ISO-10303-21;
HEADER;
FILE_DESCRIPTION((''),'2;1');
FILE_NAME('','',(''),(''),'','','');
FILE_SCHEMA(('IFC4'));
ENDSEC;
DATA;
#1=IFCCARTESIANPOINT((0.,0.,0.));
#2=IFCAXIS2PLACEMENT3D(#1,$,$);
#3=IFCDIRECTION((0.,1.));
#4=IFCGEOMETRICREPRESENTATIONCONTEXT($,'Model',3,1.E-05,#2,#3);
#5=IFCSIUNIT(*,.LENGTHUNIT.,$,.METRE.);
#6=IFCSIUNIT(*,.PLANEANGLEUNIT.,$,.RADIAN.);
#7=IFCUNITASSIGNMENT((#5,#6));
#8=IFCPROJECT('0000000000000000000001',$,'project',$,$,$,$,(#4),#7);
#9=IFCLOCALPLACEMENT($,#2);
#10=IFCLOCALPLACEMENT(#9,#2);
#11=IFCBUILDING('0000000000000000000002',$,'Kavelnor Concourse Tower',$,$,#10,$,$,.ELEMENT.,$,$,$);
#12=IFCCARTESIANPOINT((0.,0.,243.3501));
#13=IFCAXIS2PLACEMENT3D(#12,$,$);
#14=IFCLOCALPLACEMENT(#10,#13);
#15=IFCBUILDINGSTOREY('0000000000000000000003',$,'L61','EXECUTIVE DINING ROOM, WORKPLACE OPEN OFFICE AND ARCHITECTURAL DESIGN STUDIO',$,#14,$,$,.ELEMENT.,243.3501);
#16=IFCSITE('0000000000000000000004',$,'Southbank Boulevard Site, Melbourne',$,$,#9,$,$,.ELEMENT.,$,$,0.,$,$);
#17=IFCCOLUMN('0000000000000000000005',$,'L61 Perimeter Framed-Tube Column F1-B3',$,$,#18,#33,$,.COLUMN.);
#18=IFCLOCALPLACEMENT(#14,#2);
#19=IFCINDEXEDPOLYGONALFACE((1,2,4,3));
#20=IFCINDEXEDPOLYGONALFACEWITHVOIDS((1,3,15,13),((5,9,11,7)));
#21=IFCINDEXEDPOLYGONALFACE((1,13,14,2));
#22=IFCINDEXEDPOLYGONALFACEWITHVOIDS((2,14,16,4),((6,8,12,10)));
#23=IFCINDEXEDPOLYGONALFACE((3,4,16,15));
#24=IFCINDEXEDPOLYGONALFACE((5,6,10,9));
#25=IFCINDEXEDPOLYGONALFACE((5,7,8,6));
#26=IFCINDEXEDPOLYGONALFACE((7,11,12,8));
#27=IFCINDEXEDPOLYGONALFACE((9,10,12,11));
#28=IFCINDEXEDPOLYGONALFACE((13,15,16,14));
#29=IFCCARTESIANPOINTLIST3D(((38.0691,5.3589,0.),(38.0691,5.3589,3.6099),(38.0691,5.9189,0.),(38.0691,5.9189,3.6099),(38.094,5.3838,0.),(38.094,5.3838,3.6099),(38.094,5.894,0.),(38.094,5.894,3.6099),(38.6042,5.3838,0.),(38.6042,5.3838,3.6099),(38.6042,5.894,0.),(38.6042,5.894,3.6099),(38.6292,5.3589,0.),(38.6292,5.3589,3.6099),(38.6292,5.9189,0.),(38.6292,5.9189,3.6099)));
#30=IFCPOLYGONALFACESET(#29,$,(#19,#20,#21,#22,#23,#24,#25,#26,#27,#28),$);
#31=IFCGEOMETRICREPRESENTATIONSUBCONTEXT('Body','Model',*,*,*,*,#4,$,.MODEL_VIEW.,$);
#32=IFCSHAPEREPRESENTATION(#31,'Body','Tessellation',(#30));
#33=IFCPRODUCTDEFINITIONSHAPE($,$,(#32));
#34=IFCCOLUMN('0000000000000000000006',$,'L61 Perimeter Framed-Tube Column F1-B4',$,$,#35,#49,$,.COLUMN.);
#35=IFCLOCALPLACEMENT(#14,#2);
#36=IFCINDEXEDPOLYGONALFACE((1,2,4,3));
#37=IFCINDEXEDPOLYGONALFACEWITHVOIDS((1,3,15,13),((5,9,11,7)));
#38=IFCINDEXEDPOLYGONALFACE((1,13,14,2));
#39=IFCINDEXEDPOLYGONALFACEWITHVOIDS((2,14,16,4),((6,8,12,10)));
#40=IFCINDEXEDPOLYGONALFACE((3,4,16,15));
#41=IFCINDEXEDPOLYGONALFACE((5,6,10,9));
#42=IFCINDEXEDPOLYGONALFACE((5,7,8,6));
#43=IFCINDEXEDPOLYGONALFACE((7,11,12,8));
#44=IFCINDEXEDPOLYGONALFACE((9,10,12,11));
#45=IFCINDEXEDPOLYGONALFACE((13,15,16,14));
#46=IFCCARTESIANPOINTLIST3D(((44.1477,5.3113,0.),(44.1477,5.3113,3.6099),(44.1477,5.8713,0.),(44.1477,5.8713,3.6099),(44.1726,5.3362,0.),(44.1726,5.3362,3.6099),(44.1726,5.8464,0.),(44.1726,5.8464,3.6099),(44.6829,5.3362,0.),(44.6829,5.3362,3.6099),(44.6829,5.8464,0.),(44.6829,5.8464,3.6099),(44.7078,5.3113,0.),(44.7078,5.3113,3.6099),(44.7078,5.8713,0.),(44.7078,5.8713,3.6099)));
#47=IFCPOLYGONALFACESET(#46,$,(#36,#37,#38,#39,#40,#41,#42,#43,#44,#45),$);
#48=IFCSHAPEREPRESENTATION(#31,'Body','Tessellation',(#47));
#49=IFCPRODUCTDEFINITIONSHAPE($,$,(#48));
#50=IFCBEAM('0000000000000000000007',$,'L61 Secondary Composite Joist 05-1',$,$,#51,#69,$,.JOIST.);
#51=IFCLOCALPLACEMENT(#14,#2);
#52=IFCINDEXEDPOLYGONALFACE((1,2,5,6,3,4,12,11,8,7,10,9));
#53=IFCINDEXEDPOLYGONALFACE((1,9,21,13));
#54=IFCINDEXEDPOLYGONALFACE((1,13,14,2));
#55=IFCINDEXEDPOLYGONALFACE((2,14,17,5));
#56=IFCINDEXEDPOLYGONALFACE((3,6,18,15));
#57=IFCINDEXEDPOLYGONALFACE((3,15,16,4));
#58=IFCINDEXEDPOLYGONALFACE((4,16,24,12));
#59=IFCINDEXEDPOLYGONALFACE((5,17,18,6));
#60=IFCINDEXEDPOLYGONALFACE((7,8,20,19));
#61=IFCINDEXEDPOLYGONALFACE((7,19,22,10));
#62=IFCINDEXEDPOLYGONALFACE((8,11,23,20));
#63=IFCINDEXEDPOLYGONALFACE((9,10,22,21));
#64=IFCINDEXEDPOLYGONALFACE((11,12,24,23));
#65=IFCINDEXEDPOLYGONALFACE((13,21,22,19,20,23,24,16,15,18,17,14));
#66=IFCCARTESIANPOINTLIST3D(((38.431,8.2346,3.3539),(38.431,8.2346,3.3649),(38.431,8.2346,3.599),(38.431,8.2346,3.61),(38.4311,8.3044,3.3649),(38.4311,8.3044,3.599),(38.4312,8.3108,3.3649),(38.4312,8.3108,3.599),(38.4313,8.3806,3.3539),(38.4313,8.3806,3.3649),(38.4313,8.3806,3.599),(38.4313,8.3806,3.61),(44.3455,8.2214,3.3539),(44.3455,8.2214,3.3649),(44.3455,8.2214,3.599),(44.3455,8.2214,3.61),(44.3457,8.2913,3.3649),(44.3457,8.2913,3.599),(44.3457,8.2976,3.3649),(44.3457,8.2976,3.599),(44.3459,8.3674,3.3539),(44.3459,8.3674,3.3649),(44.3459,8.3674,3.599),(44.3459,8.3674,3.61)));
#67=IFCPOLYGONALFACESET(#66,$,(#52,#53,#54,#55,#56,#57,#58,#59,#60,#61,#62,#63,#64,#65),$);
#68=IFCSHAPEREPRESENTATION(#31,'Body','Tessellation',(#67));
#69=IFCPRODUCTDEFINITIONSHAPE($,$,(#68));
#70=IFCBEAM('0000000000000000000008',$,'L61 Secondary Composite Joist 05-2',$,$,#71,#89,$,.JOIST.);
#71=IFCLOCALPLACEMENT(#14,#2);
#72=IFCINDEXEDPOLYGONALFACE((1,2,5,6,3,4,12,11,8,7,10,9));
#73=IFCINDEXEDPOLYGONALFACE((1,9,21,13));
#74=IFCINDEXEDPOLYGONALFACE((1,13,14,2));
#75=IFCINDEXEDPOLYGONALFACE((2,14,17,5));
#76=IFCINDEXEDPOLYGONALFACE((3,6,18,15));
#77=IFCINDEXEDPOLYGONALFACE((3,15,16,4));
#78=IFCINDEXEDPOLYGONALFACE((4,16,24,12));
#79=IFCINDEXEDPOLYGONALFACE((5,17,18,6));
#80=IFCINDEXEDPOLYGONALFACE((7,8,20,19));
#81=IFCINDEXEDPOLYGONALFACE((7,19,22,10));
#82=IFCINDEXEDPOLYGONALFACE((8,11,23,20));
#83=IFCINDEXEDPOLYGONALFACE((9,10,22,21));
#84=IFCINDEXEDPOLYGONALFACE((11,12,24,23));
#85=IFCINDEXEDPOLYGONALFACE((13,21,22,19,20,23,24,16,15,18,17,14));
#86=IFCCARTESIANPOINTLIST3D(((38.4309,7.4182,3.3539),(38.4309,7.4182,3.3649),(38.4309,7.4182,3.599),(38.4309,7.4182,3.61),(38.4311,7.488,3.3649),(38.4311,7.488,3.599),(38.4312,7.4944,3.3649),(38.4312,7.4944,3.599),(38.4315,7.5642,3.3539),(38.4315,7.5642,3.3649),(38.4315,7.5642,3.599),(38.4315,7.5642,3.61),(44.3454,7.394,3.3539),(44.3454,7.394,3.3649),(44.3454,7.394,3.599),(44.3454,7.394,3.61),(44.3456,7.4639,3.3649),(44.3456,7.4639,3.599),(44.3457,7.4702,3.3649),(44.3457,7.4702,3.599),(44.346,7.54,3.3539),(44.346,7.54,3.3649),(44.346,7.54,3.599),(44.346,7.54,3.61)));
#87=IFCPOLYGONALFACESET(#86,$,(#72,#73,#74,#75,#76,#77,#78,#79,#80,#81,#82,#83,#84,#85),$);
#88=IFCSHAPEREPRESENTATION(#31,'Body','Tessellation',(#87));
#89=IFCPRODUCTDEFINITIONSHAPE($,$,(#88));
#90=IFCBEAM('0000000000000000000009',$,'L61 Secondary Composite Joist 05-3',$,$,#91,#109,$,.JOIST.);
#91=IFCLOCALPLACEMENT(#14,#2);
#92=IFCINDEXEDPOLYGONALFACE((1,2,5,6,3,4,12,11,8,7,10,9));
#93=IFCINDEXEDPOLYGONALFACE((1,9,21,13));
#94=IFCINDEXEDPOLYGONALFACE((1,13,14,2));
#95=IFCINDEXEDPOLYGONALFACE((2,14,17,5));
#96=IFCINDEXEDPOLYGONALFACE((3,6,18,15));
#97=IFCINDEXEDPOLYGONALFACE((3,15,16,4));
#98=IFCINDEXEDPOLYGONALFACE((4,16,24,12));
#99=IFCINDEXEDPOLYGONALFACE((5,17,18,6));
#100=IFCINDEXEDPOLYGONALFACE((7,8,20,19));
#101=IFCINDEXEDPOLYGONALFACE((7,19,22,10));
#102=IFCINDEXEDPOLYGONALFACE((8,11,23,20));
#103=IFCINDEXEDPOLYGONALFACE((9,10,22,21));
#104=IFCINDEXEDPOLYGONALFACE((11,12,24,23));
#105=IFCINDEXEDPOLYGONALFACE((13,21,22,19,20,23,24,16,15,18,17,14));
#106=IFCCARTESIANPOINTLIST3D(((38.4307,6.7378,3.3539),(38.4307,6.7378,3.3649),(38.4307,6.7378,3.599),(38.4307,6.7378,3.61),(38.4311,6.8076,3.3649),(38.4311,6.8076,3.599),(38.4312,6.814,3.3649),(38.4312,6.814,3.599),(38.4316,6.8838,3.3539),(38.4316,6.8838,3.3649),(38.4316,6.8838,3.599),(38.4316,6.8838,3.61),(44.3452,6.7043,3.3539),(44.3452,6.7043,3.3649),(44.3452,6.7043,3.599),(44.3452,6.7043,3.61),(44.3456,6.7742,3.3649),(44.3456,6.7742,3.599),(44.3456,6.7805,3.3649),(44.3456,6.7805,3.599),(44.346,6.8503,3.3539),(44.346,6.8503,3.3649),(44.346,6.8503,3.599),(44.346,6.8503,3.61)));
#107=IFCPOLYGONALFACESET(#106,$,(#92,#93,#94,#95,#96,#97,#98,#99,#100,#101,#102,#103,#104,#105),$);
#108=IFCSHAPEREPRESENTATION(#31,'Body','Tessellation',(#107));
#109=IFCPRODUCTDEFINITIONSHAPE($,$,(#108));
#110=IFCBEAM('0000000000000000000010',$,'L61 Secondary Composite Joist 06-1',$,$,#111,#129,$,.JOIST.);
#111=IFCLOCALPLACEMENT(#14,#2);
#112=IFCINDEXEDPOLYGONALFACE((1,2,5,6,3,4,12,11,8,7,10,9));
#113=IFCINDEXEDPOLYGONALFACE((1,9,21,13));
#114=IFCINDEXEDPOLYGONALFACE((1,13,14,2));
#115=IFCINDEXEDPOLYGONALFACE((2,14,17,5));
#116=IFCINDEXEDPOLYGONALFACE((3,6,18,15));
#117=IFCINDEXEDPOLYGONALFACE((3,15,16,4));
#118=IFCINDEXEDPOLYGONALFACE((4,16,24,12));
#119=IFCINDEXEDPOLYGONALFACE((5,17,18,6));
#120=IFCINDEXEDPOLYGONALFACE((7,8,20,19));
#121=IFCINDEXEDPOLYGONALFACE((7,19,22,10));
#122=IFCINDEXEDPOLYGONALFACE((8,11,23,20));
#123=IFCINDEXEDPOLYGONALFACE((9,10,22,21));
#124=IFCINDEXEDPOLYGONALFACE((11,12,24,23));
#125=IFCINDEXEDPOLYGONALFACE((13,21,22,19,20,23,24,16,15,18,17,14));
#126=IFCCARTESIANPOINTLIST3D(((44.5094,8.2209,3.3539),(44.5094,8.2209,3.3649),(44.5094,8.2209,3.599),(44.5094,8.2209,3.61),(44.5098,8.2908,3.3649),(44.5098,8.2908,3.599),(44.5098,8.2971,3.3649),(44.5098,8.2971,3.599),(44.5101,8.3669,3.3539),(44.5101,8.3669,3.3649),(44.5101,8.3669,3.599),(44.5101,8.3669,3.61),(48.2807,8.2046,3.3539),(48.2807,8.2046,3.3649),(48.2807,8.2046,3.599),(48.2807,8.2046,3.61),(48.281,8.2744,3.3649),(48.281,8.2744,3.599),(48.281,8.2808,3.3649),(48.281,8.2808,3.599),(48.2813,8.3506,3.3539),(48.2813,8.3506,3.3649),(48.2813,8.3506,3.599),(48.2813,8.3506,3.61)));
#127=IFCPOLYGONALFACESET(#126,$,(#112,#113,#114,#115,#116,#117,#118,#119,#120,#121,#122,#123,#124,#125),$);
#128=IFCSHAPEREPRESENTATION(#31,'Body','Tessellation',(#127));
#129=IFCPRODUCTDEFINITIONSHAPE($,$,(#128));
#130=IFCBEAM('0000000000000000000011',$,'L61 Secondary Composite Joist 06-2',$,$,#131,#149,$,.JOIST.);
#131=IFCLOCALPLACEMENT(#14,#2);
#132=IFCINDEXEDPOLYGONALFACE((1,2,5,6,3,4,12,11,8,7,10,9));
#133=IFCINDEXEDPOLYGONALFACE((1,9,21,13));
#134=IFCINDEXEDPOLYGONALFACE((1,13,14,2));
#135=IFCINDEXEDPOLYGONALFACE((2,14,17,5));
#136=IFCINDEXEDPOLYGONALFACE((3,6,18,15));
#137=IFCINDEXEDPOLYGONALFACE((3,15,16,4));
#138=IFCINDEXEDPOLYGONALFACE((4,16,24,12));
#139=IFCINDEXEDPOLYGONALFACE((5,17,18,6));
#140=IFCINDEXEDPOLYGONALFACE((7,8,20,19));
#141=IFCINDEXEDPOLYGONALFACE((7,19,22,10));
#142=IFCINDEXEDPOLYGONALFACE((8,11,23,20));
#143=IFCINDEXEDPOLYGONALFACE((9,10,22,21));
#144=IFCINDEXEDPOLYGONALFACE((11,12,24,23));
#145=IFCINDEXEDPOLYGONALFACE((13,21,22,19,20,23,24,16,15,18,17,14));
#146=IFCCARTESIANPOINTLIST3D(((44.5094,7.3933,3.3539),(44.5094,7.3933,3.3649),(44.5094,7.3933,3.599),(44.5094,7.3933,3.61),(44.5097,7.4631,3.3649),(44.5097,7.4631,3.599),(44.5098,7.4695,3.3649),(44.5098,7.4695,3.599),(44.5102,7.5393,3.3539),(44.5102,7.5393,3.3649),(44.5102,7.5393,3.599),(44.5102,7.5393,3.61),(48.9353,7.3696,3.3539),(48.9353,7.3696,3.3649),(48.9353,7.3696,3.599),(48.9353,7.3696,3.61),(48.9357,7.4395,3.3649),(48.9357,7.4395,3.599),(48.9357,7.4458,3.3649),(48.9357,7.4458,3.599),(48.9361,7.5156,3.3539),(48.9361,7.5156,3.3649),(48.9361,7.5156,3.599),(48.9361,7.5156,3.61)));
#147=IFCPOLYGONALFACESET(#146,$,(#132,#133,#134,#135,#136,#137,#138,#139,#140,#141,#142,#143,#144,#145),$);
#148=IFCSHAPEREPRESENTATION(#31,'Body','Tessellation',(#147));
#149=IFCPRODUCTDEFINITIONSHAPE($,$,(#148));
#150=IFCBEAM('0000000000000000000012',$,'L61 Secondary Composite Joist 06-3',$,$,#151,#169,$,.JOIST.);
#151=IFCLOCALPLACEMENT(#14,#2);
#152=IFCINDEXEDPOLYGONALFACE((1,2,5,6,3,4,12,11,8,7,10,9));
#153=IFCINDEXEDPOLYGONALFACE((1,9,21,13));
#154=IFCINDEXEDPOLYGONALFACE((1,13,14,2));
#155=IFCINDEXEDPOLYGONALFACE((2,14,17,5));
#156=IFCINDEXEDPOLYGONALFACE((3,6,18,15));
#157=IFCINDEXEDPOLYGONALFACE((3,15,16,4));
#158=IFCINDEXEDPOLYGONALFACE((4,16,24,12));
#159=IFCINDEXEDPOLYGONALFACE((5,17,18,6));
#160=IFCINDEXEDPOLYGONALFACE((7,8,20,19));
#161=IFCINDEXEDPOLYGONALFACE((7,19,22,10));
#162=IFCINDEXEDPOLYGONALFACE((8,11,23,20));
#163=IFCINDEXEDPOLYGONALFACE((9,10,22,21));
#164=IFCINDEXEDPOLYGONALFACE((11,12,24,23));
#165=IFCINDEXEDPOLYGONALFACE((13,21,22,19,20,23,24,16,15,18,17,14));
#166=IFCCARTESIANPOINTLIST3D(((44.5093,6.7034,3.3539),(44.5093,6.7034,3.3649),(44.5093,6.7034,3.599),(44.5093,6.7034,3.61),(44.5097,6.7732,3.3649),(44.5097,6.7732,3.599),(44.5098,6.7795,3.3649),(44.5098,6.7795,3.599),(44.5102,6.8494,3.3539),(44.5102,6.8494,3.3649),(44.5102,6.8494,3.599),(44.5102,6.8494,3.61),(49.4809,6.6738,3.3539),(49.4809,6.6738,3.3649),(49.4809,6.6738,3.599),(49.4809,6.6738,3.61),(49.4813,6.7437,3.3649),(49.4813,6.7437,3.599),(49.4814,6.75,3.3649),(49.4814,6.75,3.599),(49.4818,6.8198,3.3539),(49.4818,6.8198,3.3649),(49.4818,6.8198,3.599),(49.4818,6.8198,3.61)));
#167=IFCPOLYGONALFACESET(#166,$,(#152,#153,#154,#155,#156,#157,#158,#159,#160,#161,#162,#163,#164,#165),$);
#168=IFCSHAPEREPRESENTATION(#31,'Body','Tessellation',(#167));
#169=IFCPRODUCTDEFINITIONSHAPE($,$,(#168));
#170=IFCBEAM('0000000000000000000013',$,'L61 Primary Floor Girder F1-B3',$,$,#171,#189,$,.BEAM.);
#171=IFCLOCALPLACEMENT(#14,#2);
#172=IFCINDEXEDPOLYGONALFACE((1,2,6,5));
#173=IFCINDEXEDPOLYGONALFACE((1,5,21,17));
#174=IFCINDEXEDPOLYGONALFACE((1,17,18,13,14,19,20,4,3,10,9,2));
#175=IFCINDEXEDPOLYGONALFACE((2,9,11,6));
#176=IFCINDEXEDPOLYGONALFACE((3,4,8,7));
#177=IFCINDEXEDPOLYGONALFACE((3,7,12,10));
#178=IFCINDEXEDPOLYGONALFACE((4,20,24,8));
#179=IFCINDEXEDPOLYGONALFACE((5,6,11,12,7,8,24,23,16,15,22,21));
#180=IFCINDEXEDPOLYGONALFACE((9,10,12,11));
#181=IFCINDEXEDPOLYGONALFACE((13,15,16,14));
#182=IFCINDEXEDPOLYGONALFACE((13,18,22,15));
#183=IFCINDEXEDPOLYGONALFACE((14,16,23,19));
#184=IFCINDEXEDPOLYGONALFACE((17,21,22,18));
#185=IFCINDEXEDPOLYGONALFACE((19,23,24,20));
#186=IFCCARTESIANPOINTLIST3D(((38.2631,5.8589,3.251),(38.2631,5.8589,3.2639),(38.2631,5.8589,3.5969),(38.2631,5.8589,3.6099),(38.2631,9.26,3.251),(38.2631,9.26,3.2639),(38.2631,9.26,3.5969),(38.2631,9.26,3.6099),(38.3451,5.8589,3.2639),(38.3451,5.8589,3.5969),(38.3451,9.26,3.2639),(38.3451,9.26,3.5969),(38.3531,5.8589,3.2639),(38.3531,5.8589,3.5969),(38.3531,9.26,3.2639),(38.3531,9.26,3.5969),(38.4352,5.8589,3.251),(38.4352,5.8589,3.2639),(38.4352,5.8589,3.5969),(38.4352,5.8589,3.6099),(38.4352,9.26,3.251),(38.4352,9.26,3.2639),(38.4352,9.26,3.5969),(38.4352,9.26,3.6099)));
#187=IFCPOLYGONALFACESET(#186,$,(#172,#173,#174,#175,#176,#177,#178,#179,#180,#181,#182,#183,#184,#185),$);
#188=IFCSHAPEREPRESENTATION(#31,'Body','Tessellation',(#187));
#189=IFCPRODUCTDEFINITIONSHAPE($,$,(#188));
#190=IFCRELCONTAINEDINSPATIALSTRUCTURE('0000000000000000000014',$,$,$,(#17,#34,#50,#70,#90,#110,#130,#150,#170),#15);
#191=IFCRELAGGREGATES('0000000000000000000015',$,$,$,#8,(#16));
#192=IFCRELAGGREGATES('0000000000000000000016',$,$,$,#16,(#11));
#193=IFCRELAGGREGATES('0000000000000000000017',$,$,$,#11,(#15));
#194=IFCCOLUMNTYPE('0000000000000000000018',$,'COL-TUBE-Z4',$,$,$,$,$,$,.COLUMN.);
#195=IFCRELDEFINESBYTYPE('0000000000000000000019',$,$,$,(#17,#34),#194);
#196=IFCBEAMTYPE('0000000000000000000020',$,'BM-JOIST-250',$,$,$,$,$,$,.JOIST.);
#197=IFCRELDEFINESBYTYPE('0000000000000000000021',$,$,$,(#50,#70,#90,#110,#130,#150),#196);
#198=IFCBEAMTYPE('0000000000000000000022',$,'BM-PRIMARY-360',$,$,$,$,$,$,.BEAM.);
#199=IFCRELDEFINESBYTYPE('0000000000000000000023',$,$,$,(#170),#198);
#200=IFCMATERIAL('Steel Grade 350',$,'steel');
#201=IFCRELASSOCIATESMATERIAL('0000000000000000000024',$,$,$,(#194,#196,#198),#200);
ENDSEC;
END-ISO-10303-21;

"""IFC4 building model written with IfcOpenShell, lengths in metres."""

from ifc_helpers import new_model, si_unit, direction, frame, origin, origin_2d, place, context, subcontext, project, spatial, hollow_rectangle, i_section, extrude, material, material_profile, profile_set, type_object, element, save


model = new_model("IFC4")

# Units and contexts
model_context = context("Model", 3, precision=1e-05, world=origin(), true_north=direction((0.0, 1.0)))
body_context = subcontext(model_context, "Body", "Model", "MODEL_VIEW")
ifc_project = project(units=[si_unit("LENGTHUNIT", "METRE"), si_unit("PLANEANGLEUNIT", "RADIAN")], contexts=[model_context])

# Site, building, storey
site_placement = place(None, origin())
site = spatial("IfcSite", under=ifc_project, at=site_placement, Name="Southbank Boulevard Site, Melbourne", CompositionType="ELEMENT", RefElevation=0.0)
building_placement = place(site_placement, origin())
building = spatial("IfcBuilding", under=site, at=building_placement, Name="Kavelnor Concourse Tower", CompositionType="ELEMENT")
storey_placement = place(building_placement, frame((0.0, 0.0, 243.3501)))
storey = spatial("IfcBuildingStorey", under=building, at=storey_placement, Name="L61", Description="EXECUTIVE DINING ROOM, WORKPLACE OPEN OFFICE AND ARCHITECTURAL DESIGN STUDIO", CompositionType="ELEMENT", Elevation=243.3501)

# Columns
ifc_material_1 = material(Name="Steel Grade 350", Category="steel")
ifc_material_profile_1 = material_profile(ifc_material_1, hollow_rectangle(XDim=0.5601, YDim=0.5601, WallThickness=0.0249, at=origin_2d()), Name="SHS 560x560x25")
ifc_profile_set_1 = profile_set([ifc_material_profile_1], Name="Steel Grade 350")
column_type = type_object("IfcColumnType", Name="COL-TUBE-Z4", PredefinedType="COLUMN", material=ifc_profile_set_1)
for number, where, z_axis, x_axis, name in (
    (1, (38.3491, 5.6389, 0.0), (0.0, 0.0, 1.0), (1.0, 0.0, 0.0), "L61 Perimeter Framed-Tube Column F1-B3"),
    (2, (44.4277, 5.5913, 0.0), (0.0, 0.0, 1.0), (1.0, 0.0, 0.0), "L61 Perimeter Framed-Tube Column F1-B4"),
):
    element("IfcColumn", number, at=place(storey_placement, frame(where, z_axis=z_axis, x_axis=x_axis)), inside=storey, type_object=column_type, Name=name, PredefinedType="COLUMN", context=body_context, shape_type="SweptSolid", body=[
        extrude(hollow_rectangle(XDim=0.5601, YDim=0.5601, WallThickness=0.0249, at=origin_2d()), origin(), (0.0, 0.0, 1.0), 3.6099),
    ])

# Beams
ifc_material_profile_2 = material_profile(ifc_material_1, i_section(OverallWidth=0.146, OverallDepth=0.2561, WebThickness=0.0063, FlangeThickness=0.011, at=origin_2d()), Name="250UB37")
ifc_profile_set_2 = profile_set([ifc_material_profile_2], Name="Steel Grade 350")
beam_type_1 = type_object("IfcBeamType", Name="BM-JOIST-250", PredefinedType="JOIST", material=ifc_profile_set_2)
for number, where, z_axis, x_axis, name in (
    (3, (38.4312, 8.3076, 3.4819), (0.999998, -0.002229, 0.0), (0.002229, 0.999998, 0.0), "L61 Secondary Composite Joist 05-1"),
    (4, (38.4312, 7.4912, 3.4819), (0.999992, -0.004086, 0.0), (0.004086, 0.999992, 0.0), "L61 Secondary Composite Joist 05-2"),
    (5, (38.4312, 6.8108, 3.4819), (0.999984, -0.005655, 0.0), (0.005655, 0.999984, 0.0), "L61 Secondary Composite Joist 05-3"),
):
    element("IfcBeam", number, at=place(storey_placement, frame(where, z_axis=z_axis, x_axis=x_axis)), inside=storey, type_object=beam_type_1, Name=name, PredefinedType="JOIST", context=body_context, shape_type="SweptSolid", body=[
        extrude(i_section(OverallWidth=0.146, OverallDepth=0.2561, WebThickness=0.0063, FlangeThickness=0.011, at=origin_2d()), origin(), (0.0, 0.0, 1.0), 5.9146),
    ])
beam_1_placement = place(storey_placement, frame((44.5098, 8.2939, 3.4819), z_axis=(0.999991, -0.004337, 0.0), x_axis=(0.004337, 0.999991, 0.0)))
element("IfcBeam", 6, at=beam_1_placement, inside=storey, type_object=beam_type_1, Name="L61 Secondary Composite Joist 06-1", PredefinedType="JOIST", context=body_context, shape_type="SweptSolid", body=[
    extrude(i_section(OverallWidth=0.146, OverallDepth=0.2561, WebThickness=0.0063, FlangeThickness=0.011, at=origin_2d()), origin(), (0.0, 0.0, 1.0), 3.7712),
])
beam_2_placement = place(storey_placement, frame((44.5098, 7.4663, 3.4819), z_axis=(0.999986, -0.00535, 0.0), x_axis=(0.00535, 0.999986, 0.0)))
element("IfcBeam", 7, at=beam_2_placement, inside=storey, type_object=beam_type_1, Name="L61 Secondary Composite Joist 06-2", PredefinedType="JOIST", context=body_context, shape_type="SweptSolid", body=[
    extrude(i_section(OverallWidth=0.146, OverallDepth=0.2561, WebThickness=0.0063, FlangeThickness=0.011, at=origin_2d()), origin(), (0.0, 0.0, 1.0), 4.426),
])
beam_3_placement = place(storey_placement, frame((44.5098, 6.7764, 3.4819), z_axis=(0.999982, -0.005942, 0.0), x_axis=(0.005942, 0.999982, 0.0)))
element("IfcBeam", 8, at=beam_3_placement, inside=storey, type_object=beam_type_1, Name="L61 Secondary Composite Joist 06-3", PredefinedType="JOIST", context=body_context, shape_type="SweptSolid", body=[
    extrude(i_section(OverallWidth=0.146, OverallDepth=0.2561, WebThickness=0.0063, FlangeThickness=0.011, at=origin_2d()), origin(), (0.0, 0.0, 1.0), 4.9717),
])
ifc_material_profile_3 = material_profile(ifc_material_1, i_section(OverallWidth=0.1721, OverallDepth=0.3589, WebThickness=0.0081, FlangeThickness=0.0129, at=origin_2d()), Name="360UB56")
ifc_profile_set_3 = profile_set([ifc_material_profile_3], Name="Steel Grade 350")
beam_type_2 = type_object("IfcBeamType", Name="BM-PRIMARY-360", PredefinedType="BEAM", material=ifc_profile_set_3)
beam_4_placement = place(storey_placement, frame((38.3491, 9.26, 3.4304), z_axis=(0.0, -1.0, 0.0), x_axis=(1.0, 0.0, 0.0)))
element("IfcBeam", 9, at=beam_4_placement, inside=storey, type_object=beam_type_2, Name="L61 Primary Floor Girder F1-B3", PredefinedType="BEAM", context=body_context, shape_type="SweptSolid", body=[
    extrude(i_section(OverallWidth=0.1721, OverallDepth=0.3589, WebThickness=0.0081, FlangeThickness=0.0129, at=origin_2d()), origin(), (0.0, 0.0, 1.0), 3.4011),
])

save(model, "model.ifc")
